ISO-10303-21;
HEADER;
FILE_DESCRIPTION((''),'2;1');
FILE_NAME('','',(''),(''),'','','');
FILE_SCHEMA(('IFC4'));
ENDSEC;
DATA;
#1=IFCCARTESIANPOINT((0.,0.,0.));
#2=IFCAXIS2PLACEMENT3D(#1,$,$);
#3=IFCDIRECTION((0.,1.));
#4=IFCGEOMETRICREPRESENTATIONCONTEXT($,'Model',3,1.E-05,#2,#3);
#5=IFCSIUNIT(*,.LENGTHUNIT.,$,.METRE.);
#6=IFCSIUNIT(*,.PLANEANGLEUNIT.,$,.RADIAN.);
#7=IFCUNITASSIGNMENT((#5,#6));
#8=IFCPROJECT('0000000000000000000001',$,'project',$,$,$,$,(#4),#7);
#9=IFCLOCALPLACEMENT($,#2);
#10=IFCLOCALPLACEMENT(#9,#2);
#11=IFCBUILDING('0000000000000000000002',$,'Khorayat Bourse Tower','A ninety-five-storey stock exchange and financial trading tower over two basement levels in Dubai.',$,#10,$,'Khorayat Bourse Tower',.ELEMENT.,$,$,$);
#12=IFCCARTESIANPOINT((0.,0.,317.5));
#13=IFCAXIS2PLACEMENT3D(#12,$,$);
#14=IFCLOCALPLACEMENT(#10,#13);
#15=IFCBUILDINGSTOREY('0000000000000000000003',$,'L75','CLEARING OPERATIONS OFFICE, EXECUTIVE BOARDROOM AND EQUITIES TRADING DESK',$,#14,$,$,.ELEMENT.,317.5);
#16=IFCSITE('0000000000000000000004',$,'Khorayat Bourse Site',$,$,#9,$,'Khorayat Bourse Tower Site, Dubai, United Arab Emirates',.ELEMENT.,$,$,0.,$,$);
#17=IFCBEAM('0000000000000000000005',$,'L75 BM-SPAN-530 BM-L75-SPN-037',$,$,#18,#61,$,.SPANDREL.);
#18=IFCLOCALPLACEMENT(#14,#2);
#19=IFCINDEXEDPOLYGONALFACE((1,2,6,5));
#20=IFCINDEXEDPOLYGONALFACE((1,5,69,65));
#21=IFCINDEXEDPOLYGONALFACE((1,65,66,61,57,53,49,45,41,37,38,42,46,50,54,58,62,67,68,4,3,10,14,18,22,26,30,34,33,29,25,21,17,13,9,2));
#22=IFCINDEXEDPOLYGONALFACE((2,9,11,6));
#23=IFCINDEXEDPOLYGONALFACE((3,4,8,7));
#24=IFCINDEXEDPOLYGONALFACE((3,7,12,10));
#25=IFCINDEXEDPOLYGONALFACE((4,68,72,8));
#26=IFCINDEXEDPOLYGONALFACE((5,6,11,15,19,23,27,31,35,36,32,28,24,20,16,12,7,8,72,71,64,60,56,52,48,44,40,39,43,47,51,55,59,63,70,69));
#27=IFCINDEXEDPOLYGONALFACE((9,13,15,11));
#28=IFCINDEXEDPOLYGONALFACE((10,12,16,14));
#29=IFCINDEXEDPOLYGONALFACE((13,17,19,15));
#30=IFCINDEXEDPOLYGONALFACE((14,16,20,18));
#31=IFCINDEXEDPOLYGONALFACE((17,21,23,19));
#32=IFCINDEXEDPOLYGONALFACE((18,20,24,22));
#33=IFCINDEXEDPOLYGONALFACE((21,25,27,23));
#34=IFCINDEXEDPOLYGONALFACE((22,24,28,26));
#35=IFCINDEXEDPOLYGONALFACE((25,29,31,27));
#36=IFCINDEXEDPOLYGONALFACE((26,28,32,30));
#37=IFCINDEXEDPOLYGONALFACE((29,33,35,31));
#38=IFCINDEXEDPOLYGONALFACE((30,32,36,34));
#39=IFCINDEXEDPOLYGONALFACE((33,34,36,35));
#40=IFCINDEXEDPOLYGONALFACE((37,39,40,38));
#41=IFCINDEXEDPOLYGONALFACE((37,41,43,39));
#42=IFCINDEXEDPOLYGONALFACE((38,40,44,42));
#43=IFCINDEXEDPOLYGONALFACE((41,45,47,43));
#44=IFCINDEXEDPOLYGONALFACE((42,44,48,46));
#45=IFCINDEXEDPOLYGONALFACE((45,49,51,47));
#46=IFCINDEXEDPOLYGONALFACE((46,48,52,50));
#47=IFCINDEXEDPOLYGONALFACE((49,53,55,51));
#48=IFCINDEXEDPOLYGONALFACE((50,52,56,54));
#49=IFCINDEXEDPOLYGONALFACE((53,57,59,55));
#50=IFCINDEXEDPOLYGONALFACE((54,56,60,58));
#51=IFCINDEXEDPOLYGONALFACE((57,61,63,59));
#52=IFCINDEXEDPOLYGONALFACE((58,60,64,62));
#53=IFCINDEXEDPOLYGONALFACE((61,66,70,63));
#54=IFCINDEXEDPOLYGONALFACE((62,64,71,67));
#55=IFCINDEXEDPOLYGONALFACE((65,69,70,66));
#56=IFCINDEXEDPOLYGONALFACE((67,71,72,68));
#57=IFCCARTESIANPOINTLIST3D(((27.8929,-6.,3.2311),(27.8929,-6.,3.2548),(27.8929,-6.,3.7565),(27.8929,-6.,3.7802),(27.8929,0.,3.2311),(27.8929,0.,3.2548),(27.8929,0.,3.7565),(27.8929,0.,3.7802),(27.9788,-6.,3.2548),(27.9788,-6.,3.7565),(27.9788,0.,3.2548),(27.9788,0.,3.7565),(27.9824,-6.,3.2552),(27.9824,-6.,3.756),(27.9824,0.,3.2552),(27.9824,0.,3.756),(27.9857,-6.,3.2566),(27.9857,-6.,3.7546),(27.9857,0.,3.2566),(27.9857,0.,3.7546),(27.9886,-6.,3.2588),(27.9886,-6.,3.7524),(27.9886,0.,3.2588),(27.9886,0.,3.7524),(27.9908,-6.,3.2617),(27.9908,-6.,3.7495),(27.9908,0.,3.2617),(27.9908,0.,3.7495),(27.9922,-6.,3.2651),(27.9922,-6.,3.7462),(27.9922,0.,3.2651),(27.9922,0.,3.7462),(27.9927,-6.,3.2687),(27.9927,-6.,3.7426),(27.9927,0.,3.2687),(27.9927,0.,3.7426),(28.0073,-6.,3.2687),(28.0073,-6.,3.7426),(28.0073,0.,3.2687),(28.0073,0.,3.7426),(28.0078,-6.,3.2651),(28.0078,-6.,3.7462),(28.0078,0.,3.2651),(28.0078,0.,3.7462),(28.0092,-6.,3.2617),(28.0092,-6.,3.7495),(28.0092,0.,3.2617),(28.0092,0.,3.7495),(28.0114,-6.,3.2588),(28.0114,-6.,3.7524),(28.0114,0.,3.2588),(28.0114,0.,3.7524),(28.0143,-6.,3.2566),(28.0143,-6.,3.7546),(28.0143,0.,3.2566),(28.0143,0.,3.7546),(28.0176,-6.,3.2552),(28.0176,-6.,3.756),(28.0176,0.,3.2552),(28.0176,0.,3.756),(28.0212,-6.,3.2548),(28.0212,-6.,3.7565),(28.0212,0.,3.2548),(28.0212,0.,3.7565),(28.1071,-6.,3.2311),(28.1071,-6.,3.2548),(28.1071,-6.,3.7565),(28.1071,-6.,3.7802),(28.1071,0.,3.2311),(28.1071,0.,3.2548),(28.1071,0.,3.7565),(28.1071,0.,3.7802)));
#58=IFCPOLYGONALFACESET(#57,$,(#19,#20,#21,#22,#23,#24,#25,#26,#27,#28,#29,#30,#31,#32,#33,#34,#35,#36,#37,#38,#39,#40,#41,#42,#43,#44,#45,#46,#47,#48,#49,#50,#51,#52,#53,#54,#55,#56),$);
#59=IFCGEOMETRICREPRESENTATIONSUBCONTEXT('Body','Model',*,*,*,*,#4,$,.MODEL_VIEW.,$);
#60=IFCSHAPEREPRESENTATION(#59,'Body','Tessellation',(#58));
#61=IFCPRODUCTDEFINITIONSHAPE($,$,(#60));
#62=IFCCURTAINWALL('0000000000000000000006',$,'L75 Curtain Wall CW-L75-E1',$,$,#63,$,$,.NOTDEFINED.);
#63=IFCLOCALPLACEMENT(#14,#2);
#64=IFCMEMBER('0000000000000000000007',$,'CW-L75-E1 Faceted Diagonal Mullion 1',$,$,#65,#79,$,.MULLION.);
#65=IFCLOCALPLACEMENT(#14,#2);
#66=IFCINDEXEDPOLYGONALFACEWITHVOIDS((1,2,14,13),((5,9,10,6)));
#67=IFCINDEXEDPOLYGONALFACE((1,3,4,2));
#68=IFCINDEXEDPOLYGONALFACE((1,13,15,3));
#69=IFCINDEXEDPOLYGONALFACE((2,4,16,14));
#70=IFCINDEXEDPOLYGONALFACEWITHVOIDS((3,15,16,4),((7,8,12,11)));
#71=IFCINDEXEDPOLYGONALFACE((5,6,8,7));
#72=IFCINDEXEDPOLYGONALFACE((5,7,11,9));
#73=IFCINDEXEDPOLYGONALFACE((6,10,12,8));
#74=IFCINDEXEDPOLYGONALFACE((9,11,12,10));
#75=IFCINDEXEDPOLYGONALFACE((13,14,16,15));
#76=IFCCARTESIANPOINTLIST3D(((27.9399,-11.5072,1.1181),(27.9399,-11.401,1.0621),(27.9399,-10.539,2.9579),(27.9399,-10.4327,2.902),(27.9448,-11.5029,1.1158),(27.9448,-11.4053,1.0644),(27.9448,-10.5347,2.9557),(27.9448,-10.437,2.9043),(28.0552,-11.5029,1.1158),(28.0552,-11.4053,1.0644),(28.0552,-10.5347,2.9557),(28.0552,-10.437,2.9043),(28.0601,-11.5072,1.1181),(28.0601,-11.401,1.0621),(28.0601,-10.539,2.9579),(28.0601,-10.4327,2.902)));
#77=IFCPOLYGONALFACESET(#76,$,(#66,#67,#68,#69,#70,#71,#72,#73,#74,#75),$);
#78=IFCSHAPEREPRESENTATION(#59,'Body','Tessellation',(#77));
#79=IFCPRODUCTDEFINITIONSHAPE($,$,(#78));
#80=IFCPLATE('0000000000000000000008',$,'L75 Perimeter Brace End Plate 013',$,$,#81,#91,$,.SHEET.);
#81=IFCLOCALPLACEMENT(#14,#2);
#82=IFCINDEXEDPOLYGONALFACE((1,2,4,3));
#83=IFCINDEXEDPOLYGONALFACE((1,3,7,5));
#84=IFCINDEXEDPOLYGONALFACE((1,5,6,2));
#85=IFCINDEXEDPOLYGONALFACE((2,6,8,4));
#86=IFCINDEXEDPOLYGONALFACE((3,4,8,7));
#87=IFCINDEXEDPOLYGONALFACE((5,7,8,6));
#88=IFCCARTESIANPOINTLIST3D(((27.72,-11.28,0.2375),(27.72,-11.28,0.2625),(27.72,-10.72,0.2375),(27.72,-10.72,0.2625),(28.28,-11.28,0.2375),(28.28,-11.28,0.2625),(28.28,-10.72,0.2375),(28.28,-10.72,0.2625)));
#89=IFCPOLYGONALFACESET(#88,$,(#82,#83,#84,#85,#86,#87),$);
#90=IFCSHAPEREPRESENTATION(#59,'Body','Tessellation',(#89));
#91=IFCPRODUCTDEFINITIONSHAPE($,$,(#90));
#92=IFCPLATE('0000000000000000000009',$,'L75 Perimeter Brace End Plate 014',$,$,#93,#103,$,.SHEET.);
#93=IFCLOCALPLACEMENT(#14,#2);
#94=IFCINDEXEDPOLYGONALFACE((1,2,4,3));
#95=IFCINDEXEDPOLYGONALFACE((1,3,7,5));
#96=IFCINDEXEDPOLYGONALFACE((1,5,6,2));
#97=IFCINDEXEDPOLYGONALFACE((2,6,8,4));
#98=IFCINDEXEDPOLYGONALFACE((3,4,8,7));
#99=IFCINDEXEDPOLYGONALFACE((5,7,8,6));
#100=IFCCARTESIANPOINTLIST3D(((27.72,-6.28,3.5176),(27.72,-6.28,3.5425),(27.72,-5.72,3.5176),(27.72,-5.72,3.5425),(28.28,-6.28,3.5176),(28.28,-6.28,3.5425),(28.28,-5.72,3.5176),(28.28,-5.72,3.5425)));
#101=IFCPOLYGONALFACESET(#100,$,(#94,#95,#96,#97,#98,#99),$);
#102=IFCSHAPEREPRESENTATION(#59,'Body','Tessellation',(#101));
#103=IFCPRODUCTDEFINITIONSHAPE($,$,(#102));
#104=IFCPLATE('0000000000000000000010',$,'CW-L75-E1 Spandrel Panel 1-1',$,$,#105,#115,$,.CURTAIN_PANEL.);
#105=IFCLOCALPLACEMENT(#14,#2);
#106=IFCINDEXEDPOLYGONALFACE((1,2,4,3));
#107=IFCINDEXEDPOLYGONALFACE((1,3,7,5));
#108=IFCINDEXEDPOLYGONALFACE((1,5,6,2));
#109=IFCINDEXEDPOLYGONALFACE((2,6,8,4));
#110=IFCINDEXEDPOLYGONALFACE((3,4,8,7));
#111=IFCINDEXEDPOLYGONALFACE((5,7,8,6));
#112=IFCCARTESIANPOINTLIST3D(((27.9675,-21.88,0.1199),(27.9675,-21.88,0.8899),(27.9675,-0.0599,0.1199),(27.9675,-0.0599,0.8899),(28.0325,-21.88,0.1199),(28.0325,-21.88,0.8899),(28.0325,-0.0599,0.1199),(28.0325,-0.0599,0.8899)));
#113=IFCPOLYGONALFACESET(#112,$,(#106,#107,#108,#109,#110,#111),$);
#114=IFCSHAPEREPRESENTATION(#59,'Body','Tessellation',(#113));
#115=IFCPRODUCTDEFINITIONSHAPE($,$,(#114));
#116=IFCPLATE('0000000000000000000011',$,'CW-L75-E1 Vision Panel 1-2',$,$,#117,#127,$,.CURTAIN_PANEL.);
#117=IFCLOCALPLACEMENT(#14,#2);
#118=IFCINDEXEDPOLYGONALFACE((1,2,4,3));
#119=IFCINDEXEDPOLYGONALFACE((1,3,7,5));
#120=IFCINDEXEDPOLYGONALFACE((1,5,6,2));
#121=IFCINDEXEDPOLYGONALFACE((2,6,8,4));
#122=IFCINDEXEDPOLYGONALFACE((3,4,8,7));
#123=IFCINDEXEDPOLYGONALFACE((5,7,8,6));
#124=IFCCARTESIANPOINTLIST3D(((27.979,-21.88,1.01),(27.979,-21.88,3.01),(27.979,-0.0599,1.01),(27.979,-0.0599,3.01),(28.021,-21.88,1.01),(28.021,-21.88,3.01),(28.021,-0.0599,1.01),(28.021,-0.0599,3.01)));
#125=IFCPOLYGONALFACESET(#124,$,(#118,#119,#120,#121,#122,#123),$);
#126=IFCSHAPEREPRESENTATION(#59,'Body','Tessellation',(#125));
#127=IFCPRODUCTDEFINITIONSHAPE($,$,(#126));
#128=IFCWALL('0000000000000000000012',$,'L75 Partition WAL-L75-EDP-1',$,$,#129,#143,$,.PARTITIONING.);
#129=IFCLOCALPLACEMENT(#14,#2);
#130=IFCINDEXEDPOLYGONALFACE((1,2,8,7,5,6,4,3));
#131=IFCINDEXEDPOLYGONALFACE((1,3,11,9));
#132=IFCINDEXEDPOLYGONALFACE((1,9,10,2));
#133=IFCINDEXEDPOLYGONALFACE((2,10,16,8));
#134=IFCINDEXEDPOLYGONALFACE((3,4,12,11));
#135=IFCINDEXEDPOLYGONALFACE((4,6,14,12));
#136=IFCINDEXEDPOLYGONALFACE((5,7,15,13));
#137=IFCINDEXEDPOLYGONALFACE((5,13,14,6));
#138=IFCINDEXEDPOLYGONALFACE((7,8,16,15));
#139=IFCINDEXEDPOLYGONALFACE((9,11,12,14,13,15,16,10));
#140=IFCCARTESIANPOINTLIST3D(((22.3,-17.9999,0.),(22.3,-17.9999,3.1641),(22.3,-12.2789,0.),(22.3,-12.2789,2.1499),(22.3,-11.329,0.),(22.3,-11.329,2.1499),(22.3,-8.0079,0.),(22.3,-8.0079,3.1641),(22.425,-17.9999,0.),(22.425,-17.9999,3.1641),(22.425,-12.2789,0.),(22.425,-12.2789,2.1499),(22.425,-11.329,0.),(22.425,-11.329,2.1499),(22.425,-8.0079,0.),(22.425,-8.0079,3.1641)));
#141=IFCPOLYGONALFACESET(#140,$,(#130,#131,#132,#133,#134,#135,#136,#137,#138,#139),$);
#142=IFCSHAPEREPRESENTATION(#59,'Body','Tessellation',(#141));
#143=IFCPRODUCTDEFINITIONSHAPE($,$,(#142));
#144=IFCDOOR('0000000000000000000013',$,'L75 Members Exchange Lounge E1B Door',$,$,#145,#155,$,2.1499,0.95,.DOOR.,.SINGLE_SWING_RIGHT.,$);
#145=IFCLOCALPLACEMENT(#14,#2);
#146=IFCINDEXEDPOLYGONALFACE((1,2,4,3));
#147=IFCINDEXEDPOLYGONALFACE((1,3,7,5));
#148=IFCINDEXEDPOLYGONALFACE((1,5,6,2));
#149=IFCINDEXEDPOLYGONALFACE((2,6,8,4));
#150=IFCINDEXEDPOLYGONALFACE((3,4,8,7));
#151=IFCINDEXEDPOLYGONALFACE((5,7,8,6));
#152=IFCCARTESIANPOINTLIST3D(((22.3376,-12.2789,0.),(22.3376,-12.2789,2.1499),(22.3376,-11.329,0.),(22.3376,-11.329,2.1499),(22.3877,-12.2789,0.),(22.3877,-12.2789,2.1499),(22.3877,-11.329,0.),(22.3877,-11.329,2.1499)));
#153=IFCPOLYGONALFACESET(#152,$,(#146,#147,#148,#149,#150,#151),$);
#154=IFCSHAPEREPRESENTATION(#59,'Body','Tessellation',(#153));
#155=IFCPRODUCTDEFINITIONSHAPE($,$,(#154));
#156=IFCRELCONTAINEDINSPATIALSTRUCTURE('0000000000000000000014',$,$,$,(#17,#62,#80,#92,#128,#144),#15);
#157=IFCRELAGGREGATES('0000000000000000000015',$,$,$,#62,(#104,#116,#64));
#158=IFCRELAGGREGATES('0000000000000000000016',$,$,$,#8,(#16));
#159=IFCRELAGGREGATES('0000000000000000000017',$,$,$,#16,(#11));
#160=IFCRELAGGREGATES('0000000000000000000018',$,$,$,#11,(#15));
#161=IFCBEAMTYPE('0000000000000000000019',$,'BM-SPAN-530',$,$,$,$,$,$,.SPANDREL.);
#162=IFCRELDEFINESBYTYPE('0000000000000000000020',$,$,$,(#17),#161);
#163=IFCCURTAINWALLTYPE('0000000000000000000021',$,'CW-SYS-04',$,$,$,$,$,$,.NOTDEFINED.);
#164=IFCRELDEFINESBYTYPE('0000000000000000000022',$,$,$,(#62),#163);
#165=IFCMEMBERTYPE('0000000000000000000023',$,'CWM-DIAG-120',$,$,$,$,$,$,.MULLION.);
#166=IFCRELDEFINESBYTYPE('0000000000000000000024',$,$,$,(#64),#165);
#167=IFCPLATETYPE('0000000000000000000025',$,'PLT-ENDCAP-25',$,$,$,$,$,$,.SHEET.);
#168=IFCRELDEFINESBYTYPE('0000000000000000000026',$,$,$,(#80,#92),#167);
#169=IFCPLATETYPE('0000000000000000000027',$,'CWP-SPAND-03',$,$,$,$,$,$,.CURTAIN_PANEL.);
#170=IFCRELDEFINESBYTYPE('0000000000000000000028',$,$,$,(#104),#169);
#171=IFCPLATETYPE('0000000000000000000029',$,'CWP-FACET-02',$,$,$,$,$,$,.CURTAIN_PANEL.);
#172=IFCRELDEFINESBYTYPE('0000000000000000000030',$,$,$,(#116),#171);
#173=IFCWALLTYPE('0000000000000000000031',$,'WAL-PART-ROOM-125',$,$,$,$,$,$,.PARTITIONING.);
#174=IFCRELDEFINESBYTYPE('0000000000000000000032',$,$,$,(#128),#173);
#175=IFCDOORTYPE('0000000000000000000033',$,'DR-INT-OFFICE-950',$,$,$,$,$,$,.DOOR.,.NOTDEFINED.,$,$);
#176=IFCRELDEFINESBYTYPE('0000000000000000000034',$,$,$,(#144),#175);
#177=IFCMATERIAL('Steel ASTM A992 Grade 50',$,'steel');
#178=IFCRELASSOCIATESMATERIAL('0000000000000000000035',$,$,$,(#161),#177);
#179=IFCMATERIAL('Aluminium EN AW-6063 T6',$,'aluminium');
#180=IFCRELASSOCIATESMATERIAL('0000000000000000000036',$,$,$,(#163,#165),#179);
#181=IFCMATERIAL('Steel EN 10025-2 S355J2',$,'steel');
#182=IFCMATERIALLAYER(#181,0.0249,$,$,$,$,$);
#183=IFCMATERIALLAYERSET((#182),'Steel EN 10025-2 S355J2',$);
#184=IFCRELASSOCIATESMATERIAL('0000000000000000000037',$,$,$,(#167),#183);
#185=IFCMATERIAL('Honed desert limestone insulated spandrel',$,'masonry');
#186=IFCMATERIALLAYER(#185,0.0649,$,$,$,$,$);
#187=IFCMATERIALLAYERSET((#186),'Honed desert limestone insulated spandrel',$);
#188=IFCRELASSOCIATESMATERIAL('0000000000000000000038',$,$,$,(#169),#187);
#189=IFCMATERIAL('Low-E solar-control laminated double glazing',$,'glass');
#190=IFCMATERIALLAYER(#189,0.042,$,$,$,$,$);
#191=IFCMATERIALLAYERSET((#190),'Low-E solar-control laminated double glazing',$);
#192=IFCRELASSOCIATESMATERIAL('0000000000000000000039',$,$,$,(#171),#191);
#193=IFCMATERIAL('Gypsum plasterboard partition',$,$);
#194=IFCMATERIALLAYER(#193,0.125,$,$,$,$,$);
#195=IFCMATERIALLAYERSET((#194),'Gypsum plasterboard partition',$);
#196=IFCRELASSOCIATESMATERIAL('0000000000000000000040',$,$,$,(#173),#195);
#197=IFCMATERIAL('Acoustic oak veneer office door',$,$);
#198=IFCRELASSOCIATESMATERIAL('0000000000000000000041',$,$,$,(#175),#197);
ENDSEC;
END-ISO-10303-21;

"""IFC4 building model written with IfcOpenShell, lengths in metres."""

from ifc_helpers import new_model, si_unit, direction, frame, frame_2d, origin, origin_2d, place, context, subcontext, project, spatial, rectangle, hollow_rectangle, i_section, extrude, source, transform, mapped, material, layer, layer_set, material_profile, profile_set, type_object, element, fill, aggregate, save


model = new_model("IFC4")

# Units and contexts
model_context = context("Model", 3, precision=1e-05, world=origin(), true_north=direction((0.0, 1.0)))
body_context = subcontext(model_context, "Body", "Model", "MODEL_VIEW")
ifc_project = project(units=[si_unit("LENGTHUNIT", "METRE"), si_unit("PLANEANGLEUNIT", "RADIAN")], contexts=[model_context])

# Site, building, storey
site_placement = place(None, origin())
site = spatial("IfcSite", under=ifc_project, at=site_placement, Name="Khorayat Bourse Site", LongName="Khorayat Bourse Tower Site, Dubai, United Arab Emirates", CompositionType="ELEMENT", RefElevation=0.0)
building_placement = place(site_placement, origin())
building = spatial("IfcBuilding", under=site, at=building_placement, Name="Khorayat Bourse Tower", Description="A ninety-five-storey stock exchange and financial trading tower over two basement levels in Dubai.", LongName="Khorayat Bourse Tower", CompositionType="ELEMENT")
storey_placement = place(building_placement, frame((0.0, 0.0, 317.5)))
storey = spatial("IfcBuildingStorey", under=building, at=storey_placement, Name="L75", Description="CLEARING OPERATIONS OFFICE, EXECUTIVE BOARDROOM AND EQUITIES TRADING DESK", CompositionType="ELEMENT", Elevation=317.5)

# Beam
ifc_material_1 = material(Name="Steel ASTM A992 Grade 50", Category="steel")
ifc_material_profile_1 = material_profile(ifc_material_1, i_section(OverallWidth=0.2141, OverallDepth=0.5491, WebThickness=0.0146, FlangeThickness=0.0237, FilletRadius=0.0139, at=origin_2d()), Name="W530X138")
ifc_profile_set_1 = profile_set([ifc_material_profile_1], Name="Steel ASTM A992 Grade 50")
beam_type_1 = type_object("IfcBeamType", Name="BM-SPAN-530", PredefinedType="SPANDREL", material=ifc_profile_set_1)
shared_shape_1 = source(origin(), body_context, "Body", "SweptSolid", [
    extrude(i_section(OverallWidth=0.2141, OverallDepth=0.5491, WebThickness=0.0146, FlangeThickness=0.0237, FilletRadius=0.0139, at=origin_2d()), origin(), (0.0, 0.0, 1.0), 6.0),
])
beam_1_placement = place(storey_placement, frame((28.0, -6.0, 3.5056), z_axis=(0.0, 1.0, 0.0), x_axis=(-1.0, 0.0, 0.0)))
element("IfcBeam", 1, at=beam_1_placement, inside=storey, type_object=beam_type_1, Name="L75 BM-SPAN-530 BM-L75-SPN-037", PredefinedType="SPANDREL", context=body_context, shape_type="MappedRepresentation", body=[
    mapped(shared_shape_1, transform((0.0, 0.0, 0.0), scale=1.0)),
])

# Curtain wall, member
ifc_material_2 = material(Name="Aluminium EN AW-6063 T6", Category="aluminium")
curtain_wall_type = type_object("IfcCurtainWallType", Name="CW-SYS-04", PredefinedType="NOTDEFINED", material=ifc_material_2)
curtain_wall_placement = place(storey_placement, origin())
curtain_wall = element("IfcCurtainWall", 2, at=curtain_wall_placement, inside=storey, type_object=curtain_wall_type, Name="L75 Curtain Wall CW-L75-E1", PredefinedType="NOTDEFINED")
ifc_material_profile_2 = material_profile(ifc_material_2, hollow_rectangle(XDim=0.1201, YDim=0.1201, WallThickness=0.0049, at=origin_2d()), Name="ALU 120x120x5")
ifc_profile_set_2 = profile_set([ifc_material_profile_2], Name="Aluminium EN AW-6063 T6")
member_type_1 = type_object("IfcMemberType", Name="CWM-DIAG-120", PredefinedType="MULLION", material=ifc_profile_set_2)
shared_shape_2 = source(origin(), body_context, "Body", "SweptSolid", [
    extrude(hollow_rectangle(XDim=0.1201, YDim=0.1201, WallThickness=0.0049, at=origin_2d()), origin(), (0.0, 0.0, 1.0), 2.0791),
])
member_1_placement = place(storey_placement, frame((28.0, -11.4541, 1.0901), z_axis=(0.0, 0.465717, 0.884934), x_axis=(-1.0, 0.0, 0.0)))
member_1 = element("IfcMember", 3, at=member_1_placement, type_object=member_type_1, Name="CW-L75-E1 Faceted Diagonal Mullion 1", PredefinedType="MULLION", context=body_context, shape_type="MappedRepresentation", body=[
    mapped(shared_shape_2, transform((0.0, 0.0, 0.0), scale=1.0)),
])

# Plates
ifc_material_3 = material(Name="Steel EN 10025-2 S355J2", Category="steel")
ifc_layer_1 = layer(ifc_material_3, 0.0249)
ifc_layer_set_1 = layer_set([ifc_layer_1], Name="Steel EN 10025-2 S355J2")
plate_type_1 = type_object("IfcPlateType", Name="PLT-ENDCAP-25", PredefinedType="SHEET", material=ifc_layer_set_1)
shared_shape_3 = source(origin(), body_context, "Body", "SweptSolid", [
    extrude(rectangle(XDim=0.5601, YDim=0.5601, at=origin_2d()), origin(), (0.0, 0.0, 1.0), 0.0249),
])
for number, where, z_axis, x_axis, name in (
    (4, (28.0, -11.0, 0.2375), (0.0, 0.0, 1.0), (1.0, 0.0, 0.0), "L75 Perimeter Brace End Plate 013"),
    (5, (28.0, -6.0, 3.5176), (0.0, 0.0, 1.0), (1.0, 0.0, 0.0), "L75 Perimeter Brace End Plate 014"),
):
    element("IfcPlate", number, at=place(storey_placement, frame(where, z_axis=z_axis, x_axis=x_axis)), inside=storey, type_object=plate_type_1, Name=name, PredefinedType="SHEET", context=body_context, shape_type="MappedRepresentation", body=[
        mapped(shared_shape_3, transform((0.0, 0.0, 0.0), scale=1.0)),
    ])

# Plates
ifc_material_4 = material(Name="Honed desert limestone insulated spandrel", Category="masonry")
ifc_layer_2 = layer(ifc_material_4, 0.0649)
ifc_layer_set_2 = layer_set([ifc_layer_2], Name="Honed desert limestone insulated spandrel")
plate_type_2 = type_object("IfcPlateType", Name="CWP-SPAND-03", PredefinedType="CURTAIN_PANEL", material=ifc_layer_set_2)
shared_shape_4 = source(origin(), body_context, "Body", "SweptSolid", [
    extrude(rectangle(XDim=21.8201, YDim=0.0649, at=origin_2d()), origin(), (0.0, 0.0, 1.0), 0.77),
])
plate_1_placement = place(storey_placement, frame((28.0, -10.97, 0.1199), z_axis=(0.0, 0.0, 1.0), x_axis=(0.0, 1.0, 0.0)))
plate_1 = element("IfcPlate", 6, at=plate_1_placement, type_object=plate_type_2, Name="CW-L75-E1 Spandrel Panel 1-1", PredefinedType="CURTAIN_PANEL", context=body_context, shape_type="MappedRepresentation", body=[
    mapped(shared_shape_4, transform((0.0, 0.0, 0.0), scale=1.0)),
])
ifc_material_5 = material(Name="Low-E solar-control laminated double glazing", Category="glass")
ifc_layer_3 = layer(ifc_material_5, 0.042)
ifc_layer_set_3 = layer_set([ifc_layer_3], Name="Low-E solar-control laminated double glazing")
plate_type_3 = type_object("IfcPlateType", Name="CWP-FACET-02", PredefinedType="CURTAIN_PANEL", material=ifc_layer_set_3)
shared_shape_5 = source(origin(), body_context, "Body", "SweptSolid", [
    extrude(rectangle(XDim=21.8201, YDim=0.042, at=origin_2d()), origin(), (0.0, 0.0, 1.0), 2.0),
])
plate_2_placement = place(storey_placement, frame((28.0, -10.97, 1.01), z_axis=(0.0, 0.0, 1.0), x_axis=(0.0, 1.0, 0.0)))
plate_2 = element("IfcPlate", 7, at=plate_2_placement, type_object=plate_type_3, Name="CW-L75-E1 Vision Panel 1-2", PredefinedType="CURTAIN_PANEL", context=body_context, shape_type="MappedRepresentation", body=[
    mapped(shared_shape_5, transform((0.0, 0.0, 0.0), scale=1.0)),
])
aggregate(curtain_wall, [plate_1, plate_2, member_1])

# Wall, opening, door
ifc_material_6 = material(Name="Gypsum plasterboard partition")
ifc_layer_4 = layer(ifc_material_6, 0.125)
ifc_layer_set_4 = layer_set([ifc_layer_4], Name="Gypsum plasterboard partition")
wall_type = type_object("IfcWallType", Name="WAL-PART-ROOM-125", PredefinedType="PARTITIONING", material=ifc_layer_set_4)
shared_shape_6 = source(origin(), body_context, "Body", "SweptSolid", [
    extrude(rectangle(XDim=9.9919, YDim=0.125, at=frame_2d((4.9961, 0.0))), origin(), (0.0, 0.0, 1.0), 3.1641),
])
wall_1_placement = place(storey_placement, frame((22.3625, -18.0, 0.0), z_axis=(0.0, 0.0, 1.0), x_axis=(0.0, 1.0, 0.0)))
wall_1 = element("IfcWall", 8, at=wall_1_placement, inside=storey, type_object=wall_type, Name="L75 Partition WAL-L75-EDP-1", PredefinedType="PARTITIONING", context=body_context, shape_type="MappedRepresentation", body=[
    mapped(shared_shape_6, transform((0.0, 0.0, 0.0), scale=1.0)),
])
shared_shape_7 = source(origin(), body_context, "Body", "SweptSolid", [
    extrude(rectangle(XDim=0.95, YDim=2.1499, at=frame_2d((0.4751, 1.075))), frame((0.0, 0.0725, 0.0), z_axis=(0.0, -1.0, 0.0), x_axis=(1.0, 0.0, 0.0)), (0.0, 0.0, 1.0), 0.145),
])
opening_1_placement = place(wall_1_placement, frame((5.7209, 0.0, 0.0)))
opening_1 = element("IfcOpeningElement", 9, at=opening_1_placement, cuts=wall_1, PredefinedType="OPENING", context=body_context, shape_type="MappedRepresentation", body=[
    mapped(shared_shape_7, transform((0.0, 0.0, 0.0), scale=1.0)),
])
ifc_material_7 = material(Name="Acoustic oak veneer office door")
door_type = type_object("IfcDoorType", Name="DR-INT-OFFICE-950", OperationType="NOTDEFINED", PredefinedType="DOOR", material=ifc_material_7)
shared_shape_8 = source(origin(), body_context, "Body", "SweptSolid", [
    extrude(rectangle(XDim=0.95, YDim=2.1499, at=frame_2d((0.4751, 1.075))), frame((0.0, 0.0249, 0.0), z_axis=(0.0, -1.0, 0.0), x_axis=(1.0, 0.0, 0.0)), (0.0, 0.0, 1.0), 0.05),
])
door_1_placement = place(opening_1_placement, origin())
door_1 = element("IfcDoor", 10, at=door_1_placement, inside=storey, type_object=door_type, Name="L75 Members Exchange Lounge E1B Door", OperationType="SINGLE_SWING_RIGHT", OverallHeight=2.1499, OverallWidth=0.95, PredefinedType="DOOR", context=body_context, shape_type="MappedRepresentation", body=[
    mapped(shared_shape_8, transform((0.0, 0.0, 0.0), scale=1.0)),
])
fill(opening_1, door_1)

save(model, "model.ifc")
